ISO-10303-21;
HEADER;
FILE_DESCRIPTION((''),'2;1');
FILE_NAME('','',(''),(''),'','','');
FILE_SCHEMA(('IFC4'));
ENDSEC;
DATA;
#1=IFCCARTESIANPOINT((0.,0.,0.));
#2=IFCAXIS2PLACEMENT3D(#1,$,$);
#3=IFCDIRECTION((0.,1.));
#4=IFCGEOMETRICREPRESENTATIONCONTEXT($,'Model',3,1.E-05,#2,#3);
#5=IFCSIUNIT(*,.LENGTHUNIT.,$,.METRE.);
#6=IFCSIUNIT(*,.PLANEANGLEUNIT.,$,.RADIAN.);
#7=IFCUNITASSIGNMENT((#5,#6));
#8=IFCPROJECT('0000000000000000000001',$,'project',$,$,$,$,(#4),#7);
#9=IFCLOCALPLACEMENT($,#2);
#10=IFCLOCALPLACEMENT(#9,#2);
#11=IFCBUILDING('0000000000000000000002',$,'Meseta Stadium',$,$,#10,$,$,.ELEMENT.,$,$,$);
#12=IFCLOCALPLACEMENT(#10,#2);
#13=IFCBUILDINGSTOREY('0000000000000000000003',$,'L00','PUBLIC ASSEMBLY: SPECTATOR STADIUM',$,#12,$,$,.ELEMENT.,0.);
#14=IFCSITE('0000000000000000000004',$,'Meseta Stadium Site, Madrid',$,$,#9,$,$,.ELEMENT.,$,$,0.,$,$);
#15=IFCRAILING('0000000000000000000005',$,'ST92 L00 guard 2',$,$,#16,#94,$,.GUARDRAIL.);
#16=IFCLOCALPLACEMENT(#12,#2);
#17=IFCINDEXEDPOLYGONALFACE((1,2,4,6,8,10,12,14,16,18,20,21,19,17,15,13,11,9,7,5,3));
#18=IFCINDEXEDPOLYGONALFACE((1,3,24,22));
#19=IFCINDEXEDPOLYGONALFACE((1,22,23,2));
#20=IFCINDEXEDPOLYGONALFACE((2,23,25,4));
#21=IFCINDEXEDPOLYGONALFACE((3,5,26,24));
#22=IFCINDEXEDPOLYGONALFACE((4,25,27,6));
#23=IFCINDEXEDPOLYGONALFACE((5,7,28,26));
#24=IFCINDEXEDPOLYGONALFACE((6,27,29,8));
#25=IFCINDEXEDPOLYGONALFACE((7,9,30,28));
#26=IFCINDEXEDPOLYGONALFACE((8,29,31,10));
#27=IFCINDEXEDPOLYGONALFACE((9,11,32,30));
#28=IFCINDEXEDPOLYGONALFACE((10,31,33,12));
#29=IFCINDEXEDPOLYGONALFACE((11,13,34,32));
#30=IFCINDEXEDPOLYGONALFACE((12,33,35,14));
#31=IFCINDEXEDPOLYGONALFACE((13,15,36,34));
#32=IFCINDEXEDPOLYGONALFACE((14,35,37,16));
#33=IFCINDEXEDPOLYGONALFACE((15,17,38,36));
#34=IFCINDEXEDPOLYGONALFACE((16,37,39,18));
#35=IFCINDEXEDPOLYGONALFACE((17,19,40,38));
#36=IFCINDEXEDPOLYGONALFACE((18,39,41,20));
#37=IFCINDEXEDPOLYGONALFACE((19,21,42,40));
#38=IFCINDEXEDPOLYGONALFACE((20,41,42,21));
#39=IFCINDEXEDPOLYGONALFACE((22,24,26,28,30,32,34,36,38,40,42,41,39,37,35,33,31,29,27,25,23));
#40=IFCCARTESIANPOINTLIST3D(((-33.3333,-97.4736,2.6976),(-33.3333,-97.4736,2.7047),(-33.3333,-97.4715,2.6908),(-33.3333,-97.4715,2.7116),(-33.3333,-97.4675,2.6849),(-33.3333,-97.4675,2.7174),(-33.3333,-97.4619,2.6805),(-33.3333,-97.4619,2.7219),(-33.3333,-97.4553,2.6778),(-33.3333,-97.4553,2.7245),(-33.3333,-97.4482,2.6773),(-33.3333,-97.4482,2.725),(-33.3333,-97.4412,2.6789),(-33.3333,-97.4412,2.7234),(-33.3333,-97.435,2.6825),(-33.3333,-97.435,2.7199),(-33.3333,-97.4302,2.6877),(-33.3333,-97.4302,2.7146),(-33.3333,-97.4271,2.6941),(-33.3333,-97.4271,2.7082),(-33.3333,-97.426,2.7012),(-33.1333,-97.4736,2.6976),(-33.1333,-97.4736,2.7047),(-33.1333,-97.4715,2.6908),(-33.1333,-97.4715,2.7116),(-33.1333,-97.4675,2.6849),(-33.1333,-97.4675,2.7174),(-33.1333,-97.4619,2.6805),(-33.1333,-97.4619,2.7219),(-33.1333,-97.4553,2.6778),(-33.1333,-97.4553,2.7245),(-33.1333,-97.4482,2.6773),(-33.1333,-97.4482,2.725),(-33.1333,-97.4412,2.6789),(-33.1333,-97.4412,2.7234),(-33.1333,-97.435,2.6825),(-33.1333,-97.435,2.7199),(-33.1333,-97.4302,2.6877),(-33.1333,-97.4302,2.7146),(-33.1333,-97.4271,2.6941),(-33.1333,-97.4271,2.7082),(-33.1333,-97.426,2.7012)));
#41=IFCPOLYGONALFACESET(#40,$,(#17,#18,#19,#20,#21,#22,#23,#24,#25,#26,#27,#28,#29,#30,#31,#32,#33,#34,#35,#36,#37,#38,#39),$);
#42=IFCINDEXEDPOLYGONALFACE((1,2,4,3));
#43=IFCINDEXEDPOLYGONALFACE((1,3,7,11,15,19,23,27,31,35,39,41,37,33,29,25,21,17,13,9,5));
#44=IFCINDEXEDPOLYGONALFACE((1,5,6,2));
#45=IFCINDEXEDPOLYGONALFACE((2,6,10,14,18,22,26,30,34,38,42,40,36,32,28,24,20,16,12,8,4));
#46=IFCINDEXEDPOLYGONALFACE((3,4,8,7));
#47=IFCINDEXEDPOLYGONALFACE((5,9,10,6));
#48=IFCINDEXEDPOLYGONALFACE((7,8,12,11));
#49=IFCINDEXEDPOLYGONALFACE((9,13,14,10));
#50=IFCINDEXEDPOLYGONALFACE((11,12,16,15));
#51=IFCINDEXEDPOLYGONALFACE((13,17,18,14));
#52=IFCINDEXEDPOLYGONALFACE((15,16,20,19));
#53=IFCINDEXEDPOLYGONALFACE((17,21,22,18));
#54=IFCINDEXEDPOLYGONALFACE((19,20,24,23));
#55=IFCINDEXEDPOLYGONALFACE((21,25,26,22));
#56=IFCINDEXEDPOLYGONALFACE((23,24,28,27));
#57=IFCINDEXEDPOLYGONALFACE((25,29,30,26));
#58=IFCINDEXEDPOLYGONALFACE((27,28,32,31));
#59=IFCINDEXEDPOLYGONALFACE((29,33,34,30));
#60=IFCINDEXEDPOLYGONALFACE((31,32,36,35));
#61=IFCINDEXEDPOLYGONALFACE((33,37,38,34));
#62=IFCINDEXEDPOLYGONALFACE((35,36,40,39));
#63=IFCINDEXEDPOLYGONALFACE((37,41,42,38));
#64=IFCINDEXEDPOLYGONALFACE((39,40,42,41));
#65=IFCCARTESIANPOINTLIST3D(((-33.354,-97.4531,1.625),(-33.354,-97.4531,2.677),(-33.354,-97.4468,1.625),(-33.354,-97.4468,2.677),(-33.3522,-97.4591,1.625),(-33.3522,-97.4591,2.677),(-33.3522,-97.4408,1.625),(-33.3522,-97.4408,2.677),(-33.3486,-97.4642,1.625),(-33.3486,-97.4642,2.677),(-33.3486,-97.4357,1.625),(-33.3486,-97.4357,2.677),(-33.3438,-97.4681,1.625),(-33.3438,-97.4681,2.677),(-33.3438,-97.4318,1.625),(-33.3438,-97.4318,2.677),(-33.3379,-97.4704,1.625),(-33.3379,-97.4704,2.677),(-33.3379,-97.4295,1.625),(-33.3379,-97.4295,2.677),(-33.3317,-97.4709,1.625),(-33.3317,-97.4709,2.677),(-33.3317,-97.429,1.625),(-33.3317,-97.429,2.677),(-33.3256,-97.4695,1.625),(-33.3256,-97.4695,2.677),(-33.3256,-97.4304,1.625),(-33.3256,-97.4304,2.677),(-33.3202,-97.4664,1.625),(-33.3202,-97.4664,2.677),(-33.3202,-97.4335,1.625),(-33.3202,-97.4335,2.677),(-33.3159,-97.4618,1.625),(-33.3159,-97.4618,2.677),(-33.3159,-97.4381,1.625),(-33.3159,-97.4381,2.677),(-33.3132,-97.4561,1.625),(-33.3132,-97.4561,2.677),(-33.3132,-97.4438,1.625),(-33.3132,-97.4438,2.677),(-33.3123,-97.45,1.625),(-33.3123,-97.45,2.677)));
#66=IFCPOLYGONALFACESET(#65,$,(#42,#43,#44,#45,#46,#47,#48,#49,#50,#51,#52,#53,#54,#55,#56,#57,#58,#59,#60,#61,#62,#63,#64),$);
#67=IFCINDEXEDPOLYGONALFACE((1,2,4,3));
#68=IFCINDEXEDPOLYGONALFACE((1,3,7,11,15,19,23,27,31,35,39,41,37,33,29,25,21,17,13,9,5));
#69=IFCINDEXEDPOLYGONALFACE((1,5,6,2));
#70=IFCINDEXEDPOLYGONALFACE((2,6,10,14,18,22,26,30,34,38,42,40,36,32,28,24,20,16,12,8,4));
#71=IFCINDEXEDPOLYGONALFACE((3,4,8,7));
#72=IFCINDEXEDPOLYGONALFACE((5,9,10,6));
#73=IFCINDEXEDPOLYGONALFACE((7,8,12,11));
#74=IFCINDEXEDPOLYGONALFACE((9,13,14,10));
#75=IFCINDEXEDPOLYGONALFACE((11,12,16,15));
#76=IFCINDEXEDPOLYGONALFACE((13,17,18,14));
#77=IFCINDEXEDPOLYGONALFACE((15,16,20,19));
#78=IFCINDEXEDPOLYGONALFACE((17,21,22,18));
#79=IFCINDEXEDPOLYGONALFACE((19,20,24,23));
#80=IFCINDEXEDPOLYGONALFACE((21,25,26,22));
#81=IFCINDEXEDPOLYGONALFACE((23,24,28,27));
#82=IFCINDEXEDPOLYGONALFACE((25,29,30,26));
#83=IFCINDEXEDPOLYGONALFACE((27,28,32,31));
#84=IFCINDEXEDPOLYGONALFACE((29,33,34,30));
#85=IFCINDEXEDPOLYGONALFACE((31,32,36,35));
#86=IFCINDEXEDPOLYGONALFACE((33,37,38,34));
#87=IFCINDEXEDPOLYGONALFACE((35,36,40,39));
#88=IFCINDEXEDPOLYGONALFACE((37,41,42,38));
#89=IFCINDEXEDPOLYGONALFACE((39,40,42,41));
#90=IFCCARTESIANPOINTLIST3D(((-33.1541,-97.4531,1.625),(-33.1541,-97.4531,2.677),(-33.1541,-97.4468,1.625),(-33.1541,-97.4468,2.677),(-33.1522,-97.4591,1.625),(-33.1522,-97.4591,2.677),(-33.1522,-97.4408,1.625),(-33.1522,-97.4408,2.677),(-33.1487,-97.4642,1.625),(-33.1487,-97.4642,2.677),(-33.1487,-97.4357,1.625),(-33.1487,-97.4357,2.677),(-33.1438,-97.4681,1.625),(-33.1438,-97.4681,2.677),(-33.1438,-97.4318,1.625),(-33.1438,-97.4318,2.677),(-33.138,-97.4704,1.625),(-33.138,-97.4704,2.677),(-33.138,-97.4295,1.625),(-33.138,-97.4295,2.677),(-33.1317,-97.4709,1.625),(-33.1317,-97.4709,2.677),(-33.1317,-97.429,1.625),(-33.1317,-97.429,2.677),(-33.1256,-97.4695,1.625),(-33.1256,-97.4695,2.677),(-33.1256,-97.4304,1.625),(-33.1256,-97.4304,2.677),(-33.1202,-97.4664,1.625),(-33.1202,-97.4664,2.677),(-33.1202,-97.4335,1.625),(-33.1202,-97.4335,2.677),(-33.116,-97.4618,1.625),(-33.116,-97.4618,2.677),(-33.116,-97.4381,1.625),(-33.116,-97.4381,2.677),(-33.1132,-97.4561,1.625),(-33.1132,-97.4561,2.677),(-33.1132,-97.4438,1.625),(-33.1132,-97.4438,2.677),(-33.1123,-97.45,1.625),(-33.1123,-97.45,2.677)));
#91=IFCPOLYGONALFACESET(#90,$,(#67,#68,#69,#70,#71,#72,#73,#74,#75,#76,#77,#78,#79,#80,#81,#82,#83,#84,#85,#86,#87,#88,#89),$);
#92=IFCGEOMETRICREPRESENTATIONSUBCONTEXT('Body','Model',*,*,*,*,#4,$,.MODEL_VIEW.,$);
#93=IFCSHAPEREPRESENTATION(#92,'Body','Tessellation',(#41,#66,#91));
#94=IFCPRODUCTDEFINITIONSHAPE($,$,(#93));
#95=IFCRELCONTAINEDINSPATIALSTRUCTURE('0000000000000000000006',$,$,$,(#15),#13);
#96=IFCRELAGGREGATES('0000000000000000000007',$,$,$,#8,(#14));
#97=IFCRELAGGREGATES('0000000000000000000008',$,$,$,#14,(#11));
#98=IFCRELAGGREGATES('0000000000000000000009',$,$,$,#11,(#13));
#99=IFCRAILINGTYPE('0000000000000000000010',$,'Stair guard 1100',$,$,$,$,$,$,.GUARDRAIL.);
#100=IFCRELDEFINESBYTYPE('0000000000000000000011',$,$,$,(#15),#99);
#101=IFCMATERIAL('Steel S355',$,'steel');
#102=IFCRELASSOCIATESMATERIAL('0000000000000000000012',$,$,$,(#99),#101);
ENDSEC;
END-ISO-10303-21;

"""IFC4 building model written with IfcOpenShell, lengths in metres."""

from ifc_helpers import new_model, si_unit, direction, frame, origin, origin_2d, place, context, subcontext, project, spatial, circle, extrude, material, type_object, element, save


model = new_model("IFC4")

# Units and contexts
model_context = context("Model", 3, precision=1e-05, world=origin(), true_north=direction((0.0, 1.0)))
body_context = subcontext(model_context, "Body", "Model", "MODEL_VIEW")
ifc_project = project(units=[si_unit("LENGTHUNIT", "METRE"), si_unit("PLANEANGLEUNIT", "RADIAN")], contexts=[model_context])

# Site, building, storey
site_placement = place(None, origin())
site = spatial("IfcSite", under=ifc_project, at=site_placement, Name="Meseta Stadium Site, Madrid", CompositionType="ELEMENT", RefElevation=0.0)
building_placement = place(site_placement, origin())
building = spatial("IfcBuilding", under=site, at=building_placement, Name="Meseta Stadium", CompositionType="ELEMENT")
storey_placement = place(building_placement, origin())
storey = spatial("IfcBuildingStorey", under=building, at=storey_placement, Name="L00", Description="PUBLIC ASSEMBLY: SPECTATOR STADIUM", CompositionType="ELEMENT", Elevation=0.0)

# Railing
ifc_material_1 = material(Name="Steel S355", Category="steel")
railing_type_1 = type_object("IfcRailingType", Name="Stair guard 1100", PredefinedType="GUARDRAIL", material=ifc_material_1)
railing_1_placement = place(storey_placement, frame((-33.3333, -97.45, 1.625)))
element("IfcRailing", 1, at=railing_1_placement, inside=storey, type_object=railing_type_1, Name="ST92 L00 guard 2", PredefinedType="GUARDRAIL", context=body_context, shape_type="SweptSolid", body=[
    extrude(circle(Radius=0.0239, at=origin_2d()), frame((0.0, 0.0, 1.0762), z_axis=(1.0, 0.0, 0.0), x_axis=(0.0, 1.0, 0.0)), (0.0, 0.0, 1.0), 0.2),
    extrude(circle(Radius=0.021, at=origin_2d()), origin(), (0.0, 0.0, 1.0), 1.052),
    extrude(circle(Radius=0.021, at=origin_2d()), frame((0.2, 0.0, 0.0)), (0.0, 0.0, 1.0), 1.052),
])

save(model, "model.ifc")
